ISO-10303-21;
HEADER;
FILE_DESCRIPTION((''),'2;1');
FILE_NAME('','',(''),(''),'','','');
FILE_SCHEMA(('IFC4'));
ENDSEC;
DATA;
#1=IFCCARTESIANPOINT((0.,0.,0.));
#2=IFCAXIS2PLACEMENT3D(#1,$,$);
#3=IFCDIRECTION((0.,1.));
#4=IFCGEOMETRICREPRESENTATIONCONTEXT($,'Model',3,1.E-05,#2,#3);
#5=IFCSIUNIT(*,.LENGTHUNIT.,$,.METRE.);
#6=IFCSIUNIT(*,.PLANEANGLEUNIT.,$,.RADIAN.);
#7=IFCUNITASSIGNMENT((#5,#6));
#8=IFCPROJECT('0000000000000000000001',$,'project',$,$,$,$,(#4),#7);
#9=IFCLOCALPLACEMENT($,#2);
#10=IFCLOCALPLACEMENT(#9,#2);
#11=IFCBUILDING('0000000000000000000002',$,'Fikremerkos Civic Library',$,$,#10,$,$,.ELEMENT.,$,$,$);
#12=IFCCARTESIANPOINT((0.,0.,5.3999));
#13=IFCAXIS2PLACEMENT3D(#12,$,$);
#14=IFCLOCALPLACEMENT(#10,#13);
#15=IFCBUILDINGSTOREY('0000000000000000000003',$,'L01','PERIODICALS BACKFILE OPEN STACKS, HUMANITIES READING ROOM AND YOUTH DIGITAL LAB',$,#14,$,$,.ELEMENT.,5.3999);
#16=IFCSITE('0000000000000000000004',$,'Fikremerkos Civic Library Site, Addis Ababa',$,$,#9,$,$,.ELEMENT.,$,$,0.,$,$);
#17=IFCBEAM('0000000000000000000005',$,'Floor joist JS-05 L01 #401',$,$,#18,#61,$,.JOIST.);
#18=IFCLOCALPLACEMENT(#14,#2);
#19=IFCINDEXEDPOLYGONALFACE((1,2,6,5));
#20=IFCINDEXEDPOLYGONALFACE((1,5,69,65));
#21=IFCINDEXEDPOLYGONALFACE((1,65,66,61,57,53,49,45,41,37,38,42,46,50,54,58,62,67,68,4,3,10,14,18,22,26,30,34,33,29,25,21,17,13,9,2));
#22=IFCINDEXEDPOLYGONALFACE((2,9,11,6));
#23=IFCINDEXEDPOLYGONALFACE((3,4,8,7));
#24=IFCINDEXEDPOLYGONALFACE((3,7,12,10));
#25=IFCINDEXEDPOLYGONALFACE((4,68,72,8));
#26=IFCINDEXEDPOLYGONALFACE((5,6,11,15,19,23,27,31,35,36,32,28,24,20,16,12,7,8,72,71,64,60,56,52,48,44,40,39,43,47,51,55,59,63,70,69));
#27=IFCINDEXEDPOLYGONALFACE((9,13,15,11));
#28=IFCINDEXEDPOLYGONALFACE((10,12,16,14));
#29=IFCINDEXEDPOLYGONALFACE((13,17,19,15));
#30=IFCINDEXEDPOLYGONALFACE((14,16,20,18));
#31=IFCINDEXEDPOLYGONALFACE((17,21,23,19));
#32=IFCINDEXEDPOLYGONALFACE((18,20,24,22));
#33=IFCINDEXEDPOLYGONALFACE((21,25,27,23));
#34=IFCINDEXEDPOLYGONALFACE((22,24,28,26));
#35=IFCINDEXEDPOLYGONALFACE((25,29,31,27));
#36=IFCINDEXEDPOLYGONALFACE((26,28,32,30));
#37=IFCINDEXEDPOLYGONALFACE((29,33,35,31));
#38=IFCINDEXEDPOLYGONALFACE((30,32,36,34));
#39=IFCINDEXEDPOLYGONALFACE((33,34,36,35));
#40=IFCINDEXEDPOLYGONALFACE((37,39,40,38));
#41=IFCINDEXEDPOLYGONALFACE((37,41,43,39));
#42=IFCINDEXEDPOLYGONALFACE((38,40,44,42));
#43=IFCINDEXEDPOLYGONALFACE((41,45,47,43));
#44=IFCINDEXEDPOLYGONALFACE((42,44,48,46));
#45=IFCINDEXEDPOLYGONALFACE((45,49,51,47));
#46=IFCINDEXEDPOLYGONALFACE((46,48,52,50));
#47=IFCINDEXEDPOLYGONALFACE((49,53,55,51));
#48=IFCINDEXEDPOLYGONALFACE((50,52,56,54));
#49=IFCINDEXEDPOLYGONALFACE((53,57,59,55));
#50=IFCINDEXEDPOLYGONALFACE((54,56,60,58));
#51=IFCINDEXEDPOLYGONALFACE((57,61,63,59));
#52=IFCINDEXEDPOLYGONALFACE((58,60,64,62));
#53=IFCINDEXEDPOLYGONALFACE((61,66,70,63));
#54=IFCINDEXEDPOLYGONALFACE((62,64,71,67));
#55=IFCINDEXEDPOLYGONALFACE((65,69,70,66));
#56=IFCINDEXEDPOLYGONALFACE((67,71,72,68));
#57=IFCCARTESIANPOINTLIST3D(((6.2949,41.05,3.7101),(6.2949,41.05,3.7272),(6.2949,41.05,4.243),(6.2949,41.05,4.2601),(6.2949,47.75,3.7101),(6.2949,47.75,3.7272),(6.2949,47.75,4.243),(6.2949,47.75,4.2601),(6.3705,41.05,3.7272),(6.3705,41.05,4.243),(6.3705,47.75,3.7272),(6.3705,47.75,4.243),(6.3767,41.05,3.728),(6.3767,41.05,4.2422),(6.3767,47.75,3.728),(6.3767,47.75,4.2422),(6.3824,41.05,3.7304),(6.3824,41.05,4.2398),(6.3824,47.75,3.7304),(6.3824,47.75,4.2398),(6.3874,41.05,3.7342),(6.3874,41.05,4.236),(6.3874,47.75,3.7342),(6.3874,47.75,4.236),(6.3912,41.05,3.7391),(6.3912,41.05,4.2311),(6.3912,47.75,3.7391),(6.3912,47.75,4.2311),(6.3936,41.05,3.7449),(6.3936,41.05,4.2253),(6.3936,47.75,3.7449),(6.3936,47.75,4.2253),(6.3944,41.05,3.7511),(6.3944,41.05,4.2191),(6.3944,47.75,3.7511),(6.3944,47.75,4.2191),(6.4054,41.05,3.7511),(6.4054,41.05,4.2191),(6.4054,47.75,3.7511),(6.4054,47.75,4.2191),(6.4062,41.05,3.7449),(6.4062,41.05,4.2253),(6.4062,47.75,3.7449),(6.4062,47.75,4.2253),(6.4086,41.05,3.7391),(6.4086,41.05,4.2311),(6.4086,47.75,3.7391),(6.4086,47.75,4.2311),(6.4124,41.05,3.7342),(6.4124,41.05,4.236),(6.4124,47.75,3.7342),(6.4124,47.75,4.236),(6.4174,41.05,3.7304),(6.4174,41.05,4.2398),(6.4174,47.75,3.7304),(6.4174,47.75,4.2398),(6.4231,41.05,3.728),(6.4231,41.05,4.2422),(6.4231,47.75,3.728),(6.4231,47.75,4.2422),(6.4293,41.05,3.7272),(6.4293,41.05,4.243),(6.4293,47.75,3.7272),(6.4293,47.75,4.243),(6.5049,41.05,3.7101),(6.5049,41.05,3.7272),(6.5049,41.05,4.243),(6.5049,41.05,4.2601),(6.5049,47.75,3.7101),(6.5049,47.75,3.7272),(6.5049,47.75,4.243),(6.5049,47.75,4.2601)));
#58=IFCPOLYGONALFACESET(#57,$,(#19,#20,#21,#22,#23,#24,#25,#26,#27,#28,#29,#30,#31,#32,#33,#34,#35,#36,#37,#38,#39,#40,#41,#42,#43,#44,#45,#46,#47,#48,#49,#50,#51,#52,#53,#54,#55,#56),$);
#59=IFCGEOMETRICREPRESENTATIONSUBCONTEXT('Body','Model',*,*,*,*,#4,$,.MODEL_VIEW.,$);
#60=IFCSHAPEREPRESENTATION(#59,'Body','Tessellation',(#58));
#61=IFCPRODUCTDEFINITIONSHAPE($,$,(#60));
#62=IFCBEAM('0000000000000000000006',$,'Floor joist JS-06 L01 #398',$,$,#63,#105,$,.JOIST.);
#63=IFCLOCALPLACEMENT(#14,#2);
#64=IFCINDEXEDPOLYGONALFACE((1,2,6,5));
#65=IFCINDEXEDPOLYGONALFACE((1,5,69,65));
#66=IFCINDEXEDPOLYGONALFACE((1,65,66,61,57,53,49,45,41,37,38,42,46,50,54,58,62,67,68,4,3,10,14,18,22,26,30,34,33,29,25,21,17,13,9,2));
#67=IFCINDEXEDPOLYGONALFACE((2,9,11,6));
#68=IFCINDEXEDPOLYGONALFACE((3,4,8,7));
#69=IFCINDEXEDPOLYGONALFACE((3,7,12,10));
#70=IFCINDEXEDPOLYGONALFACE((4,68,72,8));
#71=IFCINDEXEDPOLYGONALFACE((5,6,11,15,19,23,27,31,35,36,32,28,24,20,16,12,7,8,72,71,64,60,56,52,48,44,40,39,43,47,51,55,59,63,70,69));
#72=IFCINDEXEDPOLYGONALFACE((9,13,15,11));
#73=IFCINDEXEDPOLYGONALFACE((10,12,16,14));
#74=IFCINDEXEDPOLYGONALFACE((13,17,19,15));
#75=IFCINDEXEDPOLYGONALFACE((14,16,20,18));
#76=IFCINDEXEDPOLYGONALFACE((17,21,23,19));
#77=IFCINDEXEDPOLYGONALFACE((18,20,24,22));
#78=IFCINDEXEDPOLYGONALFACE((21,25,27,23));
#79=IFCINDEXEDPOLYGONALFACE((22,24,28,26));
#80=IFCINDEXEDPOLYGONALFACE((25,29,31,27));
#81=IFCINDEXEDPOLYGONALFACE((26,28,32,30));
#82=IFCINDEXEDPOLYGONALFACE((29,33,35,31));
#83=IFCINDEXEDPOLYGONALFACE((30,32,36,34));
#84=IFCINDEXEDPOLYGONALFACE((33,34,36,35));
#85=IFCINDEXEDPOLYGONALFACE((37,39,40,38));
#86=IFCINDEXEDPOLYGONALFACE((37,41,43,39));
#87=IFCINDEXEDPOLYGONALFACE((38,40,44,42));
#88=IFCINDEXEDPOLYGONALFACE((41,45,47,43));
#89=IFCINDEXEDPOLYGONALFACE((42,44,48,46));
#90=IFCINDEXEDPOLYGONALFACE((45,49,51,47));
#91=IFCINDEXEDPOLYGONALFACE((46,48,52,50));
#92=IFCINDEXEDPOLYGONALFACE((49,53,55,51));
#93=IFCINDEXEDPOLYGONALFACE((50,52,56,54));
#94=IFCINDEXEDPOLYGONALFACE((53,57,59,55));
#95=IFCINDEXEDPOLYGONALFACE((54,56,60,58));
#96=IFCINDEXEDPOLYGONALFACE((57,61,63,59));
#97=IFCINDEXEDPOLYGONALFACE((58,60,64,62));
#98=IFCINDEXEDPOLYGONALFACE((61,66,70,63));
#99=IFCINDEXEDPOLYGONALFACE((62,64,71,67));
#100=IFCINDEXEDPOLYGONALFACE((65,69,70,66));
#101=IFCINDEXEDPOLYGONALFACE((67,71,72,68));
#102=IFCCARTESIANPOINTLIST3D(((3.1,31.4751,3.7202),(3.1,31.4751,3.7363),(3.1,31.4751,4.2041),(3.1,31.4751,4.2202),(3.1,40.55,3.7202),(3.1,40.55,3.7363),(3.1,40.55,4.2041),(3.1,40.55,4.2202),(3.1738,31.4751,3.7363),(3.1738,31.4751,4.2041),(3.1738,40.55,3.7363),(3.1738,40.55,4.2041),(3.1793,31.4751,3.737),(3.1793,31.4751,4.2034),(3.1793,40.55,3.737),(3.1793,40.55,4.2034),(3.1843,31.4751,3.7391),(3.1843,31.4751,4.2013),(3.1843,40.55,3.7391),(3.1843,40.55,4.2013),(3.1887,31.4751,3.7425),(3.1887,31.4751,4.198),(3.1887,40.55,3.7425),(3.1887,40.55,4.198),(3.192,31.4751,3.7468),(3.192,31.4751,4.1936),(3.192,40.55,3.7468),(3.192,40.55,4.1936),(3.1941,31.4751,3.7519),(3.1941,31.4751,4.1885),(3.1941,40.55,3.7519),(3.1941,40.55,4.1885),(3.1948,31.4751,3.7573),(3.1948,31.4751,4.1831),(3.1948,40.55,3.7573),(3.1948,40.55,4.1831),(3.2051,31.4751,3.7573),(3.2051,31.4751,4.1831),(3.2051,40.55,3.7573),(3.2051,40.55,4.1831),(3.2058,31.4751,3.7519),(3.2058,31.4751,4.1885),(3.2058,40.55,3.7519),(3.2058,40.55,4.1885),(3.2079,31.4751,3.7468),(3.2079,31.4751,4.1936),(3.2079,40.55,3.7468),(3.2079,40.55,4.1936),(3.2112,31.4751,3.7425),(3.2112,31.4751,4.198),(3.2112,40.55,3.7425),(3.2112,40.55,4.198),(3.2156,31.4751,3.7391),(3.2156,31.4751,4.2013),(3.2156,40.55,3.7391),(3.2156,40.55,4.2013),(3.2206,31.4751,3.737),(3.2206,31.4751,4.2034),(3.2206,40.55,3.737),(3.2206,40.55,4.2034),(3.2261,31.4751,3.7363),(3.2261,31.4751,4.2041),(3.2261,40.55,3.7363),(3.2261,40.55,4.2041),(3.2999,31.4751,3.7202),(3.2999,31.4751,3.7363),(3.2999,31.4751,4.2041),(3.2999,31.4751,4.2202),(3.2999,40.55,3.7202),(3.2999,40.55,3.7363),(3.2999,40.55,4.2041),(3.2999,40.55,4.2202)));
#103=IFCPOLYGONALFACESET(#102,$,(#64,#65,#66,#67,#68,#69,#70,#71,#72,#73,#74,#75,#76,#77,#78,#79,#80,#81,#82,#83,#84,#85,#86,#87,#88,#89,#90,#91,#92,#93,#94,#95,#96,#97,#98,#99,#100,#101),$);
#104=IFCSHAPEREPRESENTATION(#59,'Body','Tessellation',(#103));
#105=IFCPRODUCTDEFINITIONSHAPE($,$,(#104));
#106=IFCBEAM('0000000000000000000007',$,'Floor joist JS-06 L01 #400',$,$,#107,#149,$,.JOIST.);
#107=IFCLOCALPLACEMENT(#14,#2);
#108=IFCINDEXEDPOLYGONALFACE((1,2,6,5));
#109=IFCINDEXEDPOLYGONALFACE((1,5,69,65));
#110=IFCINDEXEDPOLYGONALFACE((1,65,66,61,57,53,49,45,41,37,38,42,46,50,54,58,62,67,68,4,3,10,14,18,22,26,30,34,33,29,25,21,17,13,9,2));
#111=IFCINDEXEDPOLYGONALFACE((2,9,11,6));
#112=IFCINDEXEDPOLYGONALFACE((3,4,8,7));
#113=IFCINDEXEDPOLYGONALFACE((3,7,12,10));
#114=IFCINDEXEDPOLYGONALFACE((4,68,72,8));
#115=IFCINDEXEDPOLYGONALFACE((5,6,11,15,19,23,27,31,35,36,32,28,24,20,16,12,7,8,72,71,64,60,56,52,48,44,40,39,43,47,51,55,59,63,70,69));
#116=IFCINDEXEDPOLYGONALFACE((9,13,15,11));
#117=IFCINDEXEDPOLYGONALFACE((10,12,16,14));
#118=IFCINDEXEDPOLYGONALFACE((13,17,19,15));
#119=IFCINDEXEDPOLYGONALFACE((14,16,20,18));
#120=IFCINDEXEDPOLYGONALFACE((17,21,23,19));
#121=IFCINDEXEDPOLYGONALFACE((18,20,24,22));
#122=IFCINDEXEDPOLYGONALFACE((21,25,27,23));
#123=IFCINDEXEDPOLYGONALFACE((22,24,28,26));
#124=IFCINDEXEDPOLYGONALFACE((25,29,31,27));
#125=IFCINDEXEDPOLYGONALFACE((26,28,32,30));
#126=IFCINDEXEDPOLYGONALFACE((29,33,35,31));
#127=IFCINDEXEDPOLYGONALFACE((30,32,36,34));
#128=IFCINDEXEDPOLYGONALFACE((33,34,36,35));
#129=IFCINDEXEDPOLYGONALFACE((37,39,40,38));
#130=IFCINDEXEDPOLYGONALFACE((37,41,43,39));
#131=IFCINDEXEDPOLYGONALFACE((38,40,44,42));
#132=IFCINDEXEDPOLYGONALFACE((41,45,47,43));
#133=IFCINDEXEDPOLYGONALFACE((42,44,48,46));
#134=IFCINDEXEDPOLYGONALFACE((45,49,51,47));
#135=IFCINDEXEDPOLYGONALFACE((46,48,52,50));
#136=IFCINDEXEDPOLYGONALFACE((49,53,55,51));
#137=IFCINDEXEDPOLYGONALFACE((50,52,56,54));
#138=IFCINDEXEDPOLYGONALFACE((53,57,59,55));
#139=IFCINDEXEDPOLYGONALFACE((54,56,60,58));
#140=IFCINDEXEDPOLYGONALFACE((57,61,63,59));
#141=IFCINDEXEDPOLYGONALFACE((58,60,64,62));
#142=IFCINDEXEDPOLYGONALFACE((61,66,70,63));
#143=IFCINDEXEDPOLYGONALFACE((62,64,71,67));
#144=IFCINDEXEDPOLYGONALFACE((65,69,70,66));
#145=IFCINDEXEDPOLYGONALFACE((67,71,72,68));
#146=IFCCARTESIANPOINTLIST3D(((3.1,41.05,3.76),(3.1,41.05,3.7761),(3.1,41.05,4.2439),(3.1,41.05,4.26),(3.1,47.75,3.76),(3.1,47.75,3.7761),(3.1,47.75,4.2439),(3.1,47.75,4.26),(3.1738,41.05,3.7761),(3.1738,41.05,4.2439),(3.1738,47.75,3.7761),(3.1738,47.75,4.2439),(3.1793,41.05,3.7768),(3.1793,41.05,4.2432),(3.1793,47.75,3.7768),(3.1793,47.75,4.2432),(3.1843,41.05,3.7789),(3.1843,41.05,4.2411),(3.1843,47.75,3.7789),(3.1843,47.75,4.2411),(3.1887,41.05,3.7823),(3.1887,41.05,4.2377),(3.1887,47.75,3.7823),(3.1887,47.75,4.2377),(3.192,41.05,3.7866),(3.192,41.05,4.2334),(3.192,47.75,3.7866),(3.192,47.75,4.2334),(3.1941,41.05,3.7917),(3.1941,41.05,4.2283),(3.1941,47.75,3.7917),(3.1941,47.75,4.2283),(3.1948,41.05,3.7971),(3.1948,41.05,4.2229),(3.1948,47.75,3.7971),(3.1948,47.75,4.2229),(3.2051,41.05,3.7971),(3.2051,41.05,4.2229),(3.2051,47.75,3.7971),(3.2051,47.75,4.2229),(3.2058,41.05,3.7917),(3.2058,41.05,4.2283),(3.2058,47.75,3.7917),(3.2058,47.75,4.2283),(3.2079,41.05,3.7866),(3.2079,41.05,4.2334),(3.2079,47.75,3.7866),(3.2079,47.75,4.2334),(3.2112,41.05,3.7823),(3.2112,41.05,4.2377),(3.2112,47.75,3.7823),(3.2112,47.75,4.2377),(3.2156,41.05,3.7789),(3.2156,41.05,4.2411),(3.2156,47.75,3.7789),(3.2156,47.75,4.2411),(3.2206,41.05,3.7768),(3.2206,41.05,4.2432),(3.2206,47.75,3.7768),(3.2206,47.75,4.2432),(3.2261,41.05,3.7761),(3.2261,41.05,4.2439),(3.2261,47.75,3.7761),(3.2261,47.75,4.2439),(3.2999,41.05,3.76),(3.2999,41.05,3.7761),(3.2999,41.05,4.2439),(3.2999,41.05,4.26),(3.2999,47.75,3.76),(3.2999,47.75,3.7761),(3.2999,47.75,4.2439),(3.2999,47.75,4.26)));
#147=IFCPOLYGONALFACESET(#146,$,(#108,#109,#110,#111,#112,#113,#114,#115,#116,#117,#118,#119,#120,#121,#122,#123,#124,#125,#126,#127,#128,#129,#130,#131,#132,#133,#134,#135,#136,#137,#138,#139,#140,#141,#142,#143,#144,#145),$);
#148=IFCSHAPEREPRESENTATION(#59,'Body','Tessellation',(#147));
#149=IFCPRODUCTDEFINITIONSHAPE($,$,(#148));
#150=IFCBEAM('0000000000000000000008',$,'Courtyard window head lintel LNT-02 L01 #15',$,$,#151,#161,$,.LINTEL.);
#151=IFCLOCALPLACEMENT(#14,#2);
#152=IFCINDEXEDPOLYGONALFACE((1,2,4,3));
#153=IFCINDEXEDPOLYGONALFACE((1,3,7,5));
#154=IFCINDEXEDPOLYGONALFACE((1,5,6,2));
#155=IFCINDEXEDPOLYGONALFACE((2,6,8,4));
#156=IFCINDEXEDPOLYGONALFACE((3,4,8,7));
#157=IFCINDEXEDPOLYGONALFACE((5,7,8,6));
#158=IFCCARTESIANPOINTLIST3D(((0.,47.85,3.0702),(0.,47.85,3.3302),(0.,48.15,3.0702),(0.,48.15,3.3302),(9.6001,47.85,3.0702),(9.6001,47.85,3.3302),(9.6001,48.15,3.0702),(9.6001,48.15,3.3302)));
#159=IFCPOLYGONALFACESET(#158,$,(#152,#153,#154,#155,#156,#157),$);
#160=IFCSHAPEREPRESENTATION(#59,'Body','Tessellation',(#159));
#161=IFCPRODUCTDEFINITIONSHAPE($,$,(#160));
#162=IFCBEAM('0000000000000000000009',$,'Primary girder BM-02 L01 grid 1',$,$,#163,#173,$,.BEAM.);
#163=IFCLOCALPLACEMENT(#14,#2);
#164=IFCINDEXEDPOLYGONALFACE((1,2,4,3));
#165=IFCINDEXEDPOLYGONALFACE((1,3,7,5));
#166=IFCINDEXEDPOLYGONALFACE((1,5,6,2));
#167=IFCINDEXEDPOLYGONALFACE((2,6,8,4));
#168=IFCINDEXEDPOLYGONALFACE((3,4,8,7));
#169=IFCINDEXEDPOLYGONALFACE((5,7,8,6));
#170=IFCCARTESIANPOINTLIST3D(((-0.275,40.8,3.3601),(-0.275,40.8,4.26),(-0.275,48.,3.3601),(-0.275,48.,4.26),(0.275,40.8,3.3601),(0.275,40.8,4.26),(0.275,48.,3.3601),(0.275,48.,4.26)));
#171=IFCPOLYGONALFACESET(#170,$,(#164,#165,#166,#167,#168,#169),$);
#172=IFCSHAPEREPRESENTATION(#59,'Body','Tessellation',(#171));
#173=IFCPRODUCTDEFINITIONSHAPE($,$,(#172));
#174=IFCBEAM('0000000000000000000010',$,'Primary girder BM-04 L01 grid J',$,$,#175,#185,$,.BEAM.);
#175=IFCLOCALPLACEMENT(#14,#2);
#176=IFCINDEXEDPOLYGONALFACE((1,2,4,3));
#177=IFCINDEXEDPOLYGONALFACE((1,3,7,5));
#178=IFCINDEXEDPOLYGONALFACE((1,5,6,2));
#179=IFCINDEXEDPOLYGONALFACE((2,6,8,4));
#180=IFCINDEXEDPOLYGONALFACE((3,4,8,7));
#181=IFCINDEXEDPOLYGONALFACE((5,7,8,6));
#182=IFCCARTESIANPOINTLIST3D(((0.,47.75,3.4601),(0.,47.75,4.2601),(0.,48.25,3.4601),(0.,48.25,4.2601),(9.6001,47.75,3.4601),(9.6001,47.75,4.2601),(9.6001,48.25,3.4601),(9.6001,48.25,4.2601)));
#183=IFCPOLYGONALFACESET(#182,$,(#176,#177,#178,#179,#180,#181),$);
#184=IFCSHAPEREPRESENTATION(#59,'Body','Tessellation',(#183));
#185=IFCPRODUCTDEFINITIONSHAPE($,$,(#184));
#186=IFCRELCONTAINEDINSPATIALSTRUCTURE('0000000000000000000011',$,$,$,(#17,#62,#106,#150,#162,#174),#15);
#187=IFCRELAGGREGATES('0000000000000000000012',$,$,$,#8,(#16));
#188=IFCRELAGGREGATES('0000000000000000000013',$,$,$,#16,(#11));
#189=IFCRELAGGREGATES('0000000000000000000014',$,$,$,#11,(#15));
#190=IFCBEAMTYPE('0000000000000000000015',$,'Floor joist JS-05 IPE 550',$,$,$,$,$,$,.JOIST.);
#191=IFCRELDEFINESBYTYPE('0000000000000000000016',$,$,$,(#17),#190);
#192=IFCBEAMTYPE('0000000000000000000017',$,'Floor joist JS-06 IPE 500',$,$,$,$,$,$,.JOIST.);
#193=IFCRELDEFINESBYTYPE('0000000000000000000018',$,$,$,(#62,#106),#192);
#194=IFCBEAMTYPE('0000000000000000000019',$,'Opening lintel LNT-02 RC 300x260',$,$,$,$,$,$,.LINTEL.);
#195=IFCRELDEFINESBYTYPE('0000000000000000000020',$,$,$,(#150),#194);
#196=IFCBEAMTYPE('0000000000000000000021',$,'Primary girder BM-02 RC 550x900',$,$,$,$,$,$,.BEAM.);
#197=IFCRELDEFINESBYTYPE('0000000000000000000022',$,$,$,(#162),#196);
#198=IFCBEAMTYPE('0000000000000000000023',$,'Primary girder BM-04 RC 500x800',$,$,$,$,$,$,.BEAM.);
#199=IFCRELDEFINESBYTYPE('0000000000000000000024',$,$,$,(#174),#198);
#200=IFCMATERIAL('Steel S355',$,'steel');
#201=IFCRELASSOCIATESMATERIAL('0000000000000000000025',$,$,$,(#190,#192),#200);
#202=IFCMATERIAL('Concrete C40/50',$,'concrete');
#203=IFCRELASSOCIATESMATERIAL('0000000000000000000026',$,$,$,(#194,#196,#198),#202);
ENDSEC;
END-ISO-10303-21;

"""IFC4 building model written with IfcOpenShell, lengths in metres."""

from ifc_helpers import new_model, si_unit, direction, frame, origin, origin_2d, place, context, subcontext, project, spatial, rectangle, i_section, extrude, material, material_profile, profile_set, type_object, element, save


model = new_model("IFC4")

# Units and contexts
model_context = context("Model", 3, precision=1e-05, world=origin(), true_north=direction((0.0, 1.0)))
body_context = subcontext(model_context, "Body", "Model", "MODEL_VIEW")
ifc_project = project(units=[si_unit("LENGTHUNIT", "METRE"), si_unit("PLANEANGLEUNIT", "RADIAN")], contexts=[model_context])

# Site, building, storey
site_placement = place(None, origin())
site = spatial("IfcSite", under=ifc_project, at=site_placement, Name="Fikremerkos Civic Library Site, Addis Ababa", CompositionType="ELEMENT", RefElevation=0.0)
building_placement = place(site_placement, origin())
building = spatial("IfcBuilding", under=site, at=building_placement, Name="Fikremerkos Civic Library", CompositionType="ELEMENT")
storey_placement = place(building_placement, frame((0.0, 0.0, 5.3999)))
storey = spatial("IfcBuildingStorey", under=building, at=storey_placement, Name="L01", Description="PERIODICALS BACKFILE OPEN STACKS, HUMANITIES READING ROOM AND YOUTH DIGITAL LAB", CompositionType="ELEMENT", Elevation=5.3999)

# Shared definitions
ifc_material_1 = material(Name="Concrete C40/50", Category="concrete")

# Beams
ifc_material_2 = material(Name="Steel S355", Category="steel")
ifc_material_profile_1 = material_profile(ifc_material_2, i_section(OverallWidth=0.21, OverallDepth=0.55, WebThickness=0.011, FlangeThickness=0.0171, FilletRadius=0.0239, at=origin_2d()), Name="IPE 550")
ifc_profile_set_1 = profile_set([ifc_material_profile_1], Name="Steel S355")
beam_type_1 = type_object("IfcBeamType", Name="Floor joist JS-05 IPE 550", PredefinedType="JOIST", material=ifc_profile_set_1)
beam_1_placement = place(storey_placement, frame((6.3999, 41.05, 3.9851), z_axis=(0.0, 1.0, 0.0), x_axis=(-1.0, 0.0, 0.0)))
element("IfcBeam", 1, at=beam_1_placement, inside=storey, type_object=beam_type_1, Name="Floor joist JS-05 L01 #401", PredefinedType="JOIST", context=body_context, shape_type="SweptSolid", body=[
    extrude(i_section(OverallWidth=0.21, OverallDepth=0.55, WebThickness=0.011, FlangeThickness=0.0171, FilletRadius=0.0239, at=origin_2d()), origin(), (0.0, 0.0, 1.0), 6.7),
])
ifc_material_profile_2 = material_profile(ifc_material_2, i_section(OverallWidth=0.2, OverallDepth=0.5, WebThickness=0.0103, FlangeThickness=0.0161, FilletRadius=0.021, at=origin_2d()), Name="IPE 500")
ifc_profile_set_2 = profile_set([ifc_material_profile_2], Name="Steel S355")
beam_type_2 = type_object("IfcBeamType", Name="Floor joist JS-06 IPE 500", PredefinedType="JOIST", material=ifc_profile_set_2)
beam_2_placement = place(storey_placement, frame((3.2, 31.4751, 3.9702), z_axis=(0.0, 1.0, 0.0), x_axis=(-1.0, 0.0, 0.0)))
element("IfcBeam", 2, at=beam_2_placement, inside=storey, type_object=beam_type_2, Name="Floor joist JS-06 L01 #398", PredefinedType="JOIST", context=body_context, shape_type="SweptSolid", body=[
    extrude(i_section(OverallWidth=0.2, OverallDepth=0.5, WebThickness=0.0103, FlangeThickness=0.0161, FilletRadius=0.021, at=origin_2d()), origin(), (0.0, 0.0, 1.0), 9.075),
])
beam_3_placement = place(storey_placement, frame((3.2, 41.05, 4.01), z_axis=(0.0, 1.0, 0.0), x_axis=(-1.0, 0.0, 0.0)))
element("IfcBeam", 3, at=beam_3_placement, inside=storey, type_object=beam_type_2, Name="Floor joist JS-06 L01 #400", PredefinedType="JOIST", context=body_context, shape_type="SweptSolid", body=[
    extrude(i_section(OverallWidth=0.2, OverallDepth=0.5, WebThickness=0.0103, FlangeThickness=0.0161, FilletRadius=0.021, at=origin_2d()), origin(), (0.0, 0.0, 1.0), 6.7),
])
ifc_material_profile_3 = material_profile(ifc_material_1, rectangle(XDim=0.3, YDim=0.26, at=origin_2d()), Name="RC 300x260")
ifc_profile_set_3 = profile_set([ifc_material_profile_3], Name="Concrete C40/50")
beam_type_3 = type_object("IfcBeamType", Name="Opening lintel LNT-02 RC 300x260", PredefinedType="LINTEL", material=ifc_profile_set_3)
beam_4_placement = place(storey_placement, frame((0.0, 48.0, 3.2002), z_axis=(1.0, 0.0, 0.0), x_axis=(0.0, 1.0, 0.0)))
element("IfcBeam", 4, at=beam_4_placement, inside=storey, type_object=beam_type_3, Name="Courtyard window head lintel LNT-02 L01 #15", PredefinedType="LINTEL", context=body_context, shape_type="SweptSolid", body=[
    extrude(rectangle(XDim=0.3, YDim=0.26, at=origin_2d()), origin(), (0.0, 0.0, 1.0), 9.6001),
])
ifc_material_profile_4 = material_profile(ifc_material_1, rectangle(XDim=0.55, YDim=0.8999, at=origin_2d()), Name="RC 550x900")
ifc_profile_set_4 = profile_set([ifc_material_profile_4], Name="Concrete C40/50")
beam_type_4 = type_object("IfcBeamType", Name="Primary girder BM-02 RC 550x900", PredefinedType="BEAM", material=ifc_profile_set_4)
beam_5_placement = place(storey_placement, frame((0.0, 40.8, 3.8101), z_axis=(0.0, 1.0, 0.0), x_axis=(-1.0, 0.0, 0.0)))
element("IfcBeam", 5, at=beam_5_placement, inside=storey, type_object=beam_type_4, Name="Primary girder BM-02 L01 grid 1", PredefinedType="BEAM", context=body_context, shape_type="SweptSolid", body=[
    extrude(rectangle(XDim=0.55, YDim=0.8999, at=origin_2d()), origin(), (0.0, 0.0, 1.0), 7.2),
])
ifc_material_profile_5 = material_profile(ifc_material_1, rectangle(XDim=0.5, YDim=0.8, at=origin_2d()), Name="RC 500x800")
ifc_profile_set_5 = profile_set([ifc_material_profile_5], Name="Concrete C40/50")
beam_type_5 = type_object("IfcBeamType", Name="Primary girder BM-04 RC 500x800", PredefinedType="BEAM", material=ifc_profile_set_5)
beam_6_placement = place(storey_placement, frame((0.0, 48.0, 3.8601), z_axis=(1.0, 0.0, 0.0), x_axis=(0.0, 1.0, 0.0)))
element("IfcBeam", 6, at=beam_6_placement, inside=storey, type_object=beam_type_5, Name="Primary girder BM-04 L01 grid J", PredefinedType="BEAM", context=body_context, shape_type="SweptSolid", body=[
    extrude(rectangle(XDim=0.5, YDim=0.8, at=origin_2d()), origin(), (0.0, 0.0, 1.0), 9.6001),
])

save(model, "model.ifc")
